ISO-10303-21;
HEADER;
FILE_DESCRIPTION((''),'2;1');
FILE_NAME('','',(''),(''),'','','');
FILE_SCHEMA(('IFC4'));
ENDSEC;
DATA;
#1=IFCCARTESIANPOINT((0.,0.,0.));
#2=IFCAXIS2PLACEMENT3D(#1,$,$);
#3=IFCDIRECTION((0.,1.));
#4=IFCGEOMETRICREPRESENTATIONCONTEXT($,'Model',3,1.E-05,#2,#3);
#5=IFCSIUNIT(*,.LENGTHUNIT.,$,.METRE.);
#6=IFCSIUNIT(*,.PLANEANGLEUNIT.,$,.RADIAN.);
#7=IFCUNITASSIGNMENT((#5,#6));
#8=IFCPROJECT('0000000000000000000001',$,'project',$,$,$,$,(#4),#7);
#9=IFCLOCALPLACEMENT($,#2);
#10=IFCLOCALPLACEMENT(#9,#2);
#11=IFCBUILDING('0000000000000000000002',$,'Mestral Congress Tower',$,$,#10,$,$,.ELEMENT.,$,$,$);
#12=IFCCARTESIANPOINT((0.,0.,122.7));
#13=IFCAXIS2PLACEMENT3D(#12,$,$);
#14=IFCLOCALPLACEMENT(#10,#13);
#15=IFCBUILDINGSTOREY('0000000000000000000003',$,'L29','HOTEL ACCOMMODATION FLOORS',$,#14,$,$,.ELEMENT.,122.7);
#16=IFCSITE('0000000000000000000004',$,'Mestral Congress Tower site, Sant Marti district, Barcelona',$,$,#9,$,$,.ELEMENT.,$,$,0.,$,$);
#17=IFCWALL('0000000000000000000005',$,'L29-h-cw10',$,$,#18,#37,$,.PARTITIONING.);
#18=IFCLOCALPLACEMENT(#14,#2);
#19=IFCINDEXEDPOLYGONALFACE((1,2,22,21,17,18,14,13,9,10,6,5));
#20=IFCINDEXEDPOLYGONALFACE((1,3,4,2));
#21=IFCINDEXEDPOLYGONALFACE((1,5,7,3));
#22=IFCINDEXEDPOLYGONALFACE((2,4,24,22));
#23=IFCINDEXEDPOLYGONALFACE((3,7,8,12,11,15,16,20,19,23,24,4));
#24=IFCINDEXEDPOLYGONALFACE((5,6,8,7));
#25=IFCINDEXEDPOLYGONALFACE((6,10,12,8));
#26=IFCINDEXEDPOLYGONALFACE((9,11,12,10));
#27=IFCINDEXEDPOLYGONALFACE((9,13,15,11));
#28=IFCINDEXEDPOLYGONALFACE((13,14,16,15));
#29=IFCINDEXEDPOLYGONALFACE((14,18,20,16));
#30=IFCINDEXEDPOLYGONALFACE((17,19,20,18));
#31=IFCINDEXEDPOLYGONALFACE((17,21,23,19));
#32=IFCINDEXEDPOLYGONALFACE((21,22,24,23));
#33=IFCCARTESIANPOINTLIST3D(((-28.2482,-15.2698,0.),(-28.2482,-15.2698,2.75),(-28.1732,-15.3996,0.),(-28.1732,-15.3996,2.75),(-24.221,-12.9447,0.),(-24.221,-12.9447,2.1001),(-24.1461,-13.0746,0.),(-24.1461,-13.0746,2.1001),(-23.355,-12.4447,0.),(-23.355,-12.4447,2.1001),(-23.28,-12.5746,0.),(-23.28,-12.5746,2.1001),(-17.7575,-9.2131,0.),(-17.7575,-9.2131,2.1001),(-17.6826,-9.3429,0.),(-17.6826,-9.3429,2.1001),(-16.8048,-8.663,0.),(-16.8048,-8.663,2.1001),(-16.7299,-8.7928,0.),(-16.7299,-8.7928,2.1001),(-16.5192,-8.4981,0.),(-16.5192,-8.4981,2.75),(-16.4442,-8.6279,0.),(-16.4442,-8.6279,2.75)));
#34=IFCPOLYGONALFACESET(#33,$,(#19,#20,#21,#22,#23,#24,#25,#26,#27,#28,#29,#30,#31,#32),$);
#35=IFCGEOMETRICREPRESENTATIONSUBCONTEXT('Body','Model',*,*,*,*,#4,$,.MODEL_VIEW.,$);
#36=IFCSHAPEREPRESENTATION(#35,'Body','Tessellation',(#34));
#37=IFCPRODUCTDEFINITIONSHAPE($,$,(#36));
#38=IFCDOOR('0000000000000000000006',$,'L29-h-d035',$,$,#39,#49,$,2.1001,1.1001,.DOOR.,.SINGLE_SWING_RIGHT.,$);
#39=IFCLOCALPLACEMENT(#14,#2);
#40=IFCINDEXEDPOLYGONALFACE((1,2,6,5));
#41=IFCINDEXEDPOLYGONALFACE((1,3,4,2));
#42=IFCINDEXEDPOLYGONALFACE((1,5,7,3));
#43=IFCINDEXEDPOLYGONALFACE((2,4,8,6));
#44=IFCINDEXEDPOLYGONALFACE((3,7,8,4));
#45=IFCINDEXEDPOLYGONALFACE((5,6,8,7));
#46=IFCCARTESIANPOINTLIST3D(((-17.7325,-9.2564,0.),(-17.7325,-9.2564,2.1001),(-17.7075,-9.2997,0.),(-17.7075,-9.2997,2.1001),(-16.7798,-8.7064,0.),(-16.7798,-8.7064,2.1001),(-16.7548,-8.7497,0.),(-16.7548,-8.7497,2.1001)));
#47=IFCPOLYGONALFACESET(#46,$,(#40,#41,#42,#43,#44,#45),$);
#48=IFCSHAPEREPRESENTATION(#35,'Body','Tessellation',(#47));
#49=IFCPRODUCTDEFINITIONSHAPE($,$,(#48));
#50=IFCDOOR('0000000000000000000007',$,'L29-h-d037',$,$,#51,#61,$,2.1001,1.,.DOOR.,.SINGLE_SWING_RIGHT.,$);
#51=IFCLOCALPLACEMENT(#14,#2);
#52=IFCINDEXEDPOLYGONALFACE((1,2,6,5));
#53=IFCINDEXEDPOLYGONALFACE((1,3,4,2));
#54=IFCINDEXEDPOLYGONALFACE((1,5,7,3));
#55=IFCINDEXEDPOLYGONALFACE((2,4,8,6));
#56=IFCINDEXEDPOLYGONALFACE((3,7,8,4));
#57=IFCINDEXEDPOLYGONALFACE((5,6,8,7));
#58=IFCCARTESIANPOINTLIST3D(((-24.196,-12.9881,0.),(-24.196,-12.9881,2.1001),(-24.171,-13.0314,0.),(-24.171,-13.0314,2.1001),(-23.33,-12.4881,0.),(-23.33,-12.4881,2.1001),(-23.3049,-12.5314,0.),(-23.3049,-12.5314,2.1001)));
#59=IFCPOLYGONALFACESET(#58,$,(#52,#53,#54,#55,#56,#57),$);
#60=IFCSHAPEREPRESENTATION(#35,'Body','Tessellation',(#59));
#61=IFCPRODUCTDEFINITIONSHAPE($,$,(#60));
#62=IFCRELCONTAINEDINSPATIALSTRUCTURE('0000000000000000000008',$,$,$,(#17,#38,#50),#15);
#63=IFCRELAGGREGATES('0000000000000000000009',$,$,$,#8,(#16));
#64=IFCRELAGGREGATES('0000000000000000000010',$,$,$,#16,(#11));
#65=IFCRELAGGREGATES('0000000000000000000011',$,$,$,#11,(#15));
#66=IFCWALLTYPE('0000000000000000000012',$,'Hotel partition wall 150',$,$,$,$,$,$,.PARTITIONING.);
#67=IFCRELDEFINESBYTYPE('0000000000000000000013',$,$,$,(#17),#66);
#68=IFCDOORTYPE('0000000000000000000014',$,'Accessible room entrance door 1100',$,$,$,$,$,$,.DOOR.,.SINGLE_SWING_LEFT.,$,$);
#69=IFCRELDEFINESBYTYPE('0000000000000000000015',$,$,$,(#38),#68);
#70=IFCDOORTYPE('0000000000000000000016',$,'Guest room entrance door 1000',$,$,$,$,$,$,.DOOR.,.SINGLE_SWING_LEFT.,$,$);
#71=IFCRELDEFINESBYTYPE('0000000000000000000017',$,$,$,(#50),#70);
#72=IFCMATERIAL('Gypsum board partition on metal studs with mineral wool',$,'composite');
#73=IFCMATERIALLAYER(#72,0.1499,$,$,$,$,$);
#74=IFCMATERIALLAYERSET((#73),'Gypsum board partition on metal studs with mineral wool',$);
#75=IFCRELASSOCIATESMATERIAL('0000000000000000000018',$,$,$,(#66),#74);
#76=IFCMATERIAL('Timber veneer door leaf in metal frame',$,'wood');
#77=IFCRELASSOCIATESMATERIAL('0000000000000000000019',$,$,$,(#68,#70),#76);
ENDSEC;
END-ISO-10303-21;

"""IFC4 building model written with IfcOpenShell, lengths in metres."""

from ifc_helpers import new_model, si_unit, direction, frame, frame_2d, origin, place, context, subcontext, project, spatial, rectangle, extrude, material, layer, layer_set, type_object, element, fill, save


model = new_model("IFC4")

# Units and contexts
model_context = context("Model", 3, precision=1e-05, world=origin(), true_north=direction((0.0, 1.0)))
body_context = subcontext(model_context, "Body", "Model", "MODEL_VIEW")
ifc_project = project(units=[si_unit("LENGTHUNIT", "METRE"), si_unit("PLANEANGLEUNIT", "RADIAN")], contexts=[model_context])

# Site, building, storey
site_placement = place(None, origin())
site = spatial("IfcSite", under=ifc_project, at=site_placement, Name="Mestral Congress Tower site, Sant Marti district, Barcelona", CompositionType="ELEMENT", RefElevation=0.0)
building_placement = place(site_placement, origin())
building = spatial("IfcBuilding", under=site, at=building_placement, Name="Mestral Congress Tower", CompositionType="ELEMENT")
storey_placement = place(building_placement, frame((0.0, 0.0, 122.7)))
storey = spatial("IfcBuildingStorey", under=building, at=storey_placement, Name="L29", Description="HOTEL ACCOMMODATION FLOORS", CompositionType="ELEMENT", Elevation=122.7)

# Shared definitions
ifc_material_1 = material(Name="Gypsum board partition on metal studs with mineral wool", Category="composite")

# Wall, openings, doors
ifc_layer_1 = layer(ifc_material_1, 0.1499)
ifc_layer_set_1 = layer_set([ifc_layer_1], Name="Gypsum board partition on metal studs with mineral wool")
wall_type_1 = type_object("IfcWallType", Name="Hotel partition wall 150", PredefinedType="PARTITIONING", material=ifc_layer_set_1)
wall_1_placement = place(storey_placement, frame((-28.2107, -15.3347, 0.0), z_axis=(0.0, 0.0, 1.0), x_axis=(0.866026, 0.499999, 0.0)))
wall_1 = element("IfcWall", 1, at=wall_1_placement, inside=storey, type_object=wall_type_1, Name="L29-h-cw10", PredefinedType="PARTITIONING", context=body_context, shape_type="SweptSolid", body=[
    extrude(rectangle(XDim=13.5435, YDim=0.1499, at=frame_2d((6.7717, 0.0))), origin(), (0.0, 0.0, 1.0), 2.75),
])
opening_1_placement = place(wall_1_placement, frame((12.1135, 0.0, 0.0)))
opening_1 = element("IfcOpeningElement", 2, at=opening_1_placement, cuts=wall_1, PredefinedType="OPENING", context=body_context, shape_type="SweptSolid", body=[
    extrude(rectangle(XDim=1.1001, YDim=2.1001, at=frame_2d((0.55, 1.05))), frame((0.0, 0.085, 0.0), z_axis=(0.0, -1.0, 0.0), x_axis=(1.0, 0.0, 0.0)), (0.0, 0.0, 1.0), 0.1699),
])
opening_2_placement = place(wall_1_placement, frame((4.6501, 0.0, 0.0)))
opening_2 = element("IfcOpeningElement", 3, at=opening_2_placement, cuts=wall_1, PredefinedType="OPENING", context=body_context, shape_type="SweptSolid", body=[
    extrude(rectangle(XDim=1.0, YDim=2.1001, at=frame_2d((0.5, 1.05))), frame((0.0, 0.085, 0.0), z_axis=(0.0, -1.0, 0.0), x_axis=(1.0, 0.0, 0.0)), (0.0, 0.0, 1.0), 0.1699),
])
ifc_material_2 = material(Name="Timber veneer door leaf in metal frame", Category="wood")
door_type_1 = type_object("IfcDoorType", Name="Accessible room entrance door 1100", OperationType="SINGLE_SWING_LEFT", PredefinedType="DOOR", material=ifc_material_2)
door_1_placement = place(opening_1_placement, origin())
door_1 = element("IfcDoor", 4, at=door_1_placement, inside=storey, type_object=door_type_1, Name="L29-h-d035", OperationType="SINGLE_SWING_RIGHT", OverallHeight=2.1001, OverallWidth=1.1001, PredefinedType="DOOR", context=body_context, shape_type="SweptSolid", body=[
    extrude(rectangle(XDim=1.1001, YDim=2.1001, at=frame_2d((0.55, 1.05))), frame((0.0, 0.0249, 0.0), z_axis=(0.0, -1.0, 0.0), x_axis=(1.0, 0.0, 0.0)), (0.0, 0.0, 1.0), 0.05),
])
fill(opening_1, door_1)
door_type_2 = type_object("IfcDoorType", Name="Guest room entrance door 1000", OperationType="SINGLE_SWING_LEFT", PredefinedType="DOOR", material=ifc_material_2)
door_2_placement = place(opening_2_placement, origin())
door_2 = element("IfcDoor", 5, at=door_2_placement, inside=storey, type_object=door_type_2, Name="L29-h-d037", OperationType="SINGLE_SWING_RIGHT", OverallHeight=2.1001, OverallWidth=1.0, PredefinedType="DOOR", context=body_context, shape_type="SweptSolid", body=[
    extrude(rectangle(XDim=1.0, YDim=2.1001, at=frame_2d((0.5, 1.05))), frame((0.0, 0.0249, 0.0), z_axis=(0.0, -1.0, 0.0), x_axis=(1.0, 0.0, 0.0)), (0.0, 0.0, 1.0), 0.05),
])
fill(opening_2, door_2)

save(model, "model.ifc")
